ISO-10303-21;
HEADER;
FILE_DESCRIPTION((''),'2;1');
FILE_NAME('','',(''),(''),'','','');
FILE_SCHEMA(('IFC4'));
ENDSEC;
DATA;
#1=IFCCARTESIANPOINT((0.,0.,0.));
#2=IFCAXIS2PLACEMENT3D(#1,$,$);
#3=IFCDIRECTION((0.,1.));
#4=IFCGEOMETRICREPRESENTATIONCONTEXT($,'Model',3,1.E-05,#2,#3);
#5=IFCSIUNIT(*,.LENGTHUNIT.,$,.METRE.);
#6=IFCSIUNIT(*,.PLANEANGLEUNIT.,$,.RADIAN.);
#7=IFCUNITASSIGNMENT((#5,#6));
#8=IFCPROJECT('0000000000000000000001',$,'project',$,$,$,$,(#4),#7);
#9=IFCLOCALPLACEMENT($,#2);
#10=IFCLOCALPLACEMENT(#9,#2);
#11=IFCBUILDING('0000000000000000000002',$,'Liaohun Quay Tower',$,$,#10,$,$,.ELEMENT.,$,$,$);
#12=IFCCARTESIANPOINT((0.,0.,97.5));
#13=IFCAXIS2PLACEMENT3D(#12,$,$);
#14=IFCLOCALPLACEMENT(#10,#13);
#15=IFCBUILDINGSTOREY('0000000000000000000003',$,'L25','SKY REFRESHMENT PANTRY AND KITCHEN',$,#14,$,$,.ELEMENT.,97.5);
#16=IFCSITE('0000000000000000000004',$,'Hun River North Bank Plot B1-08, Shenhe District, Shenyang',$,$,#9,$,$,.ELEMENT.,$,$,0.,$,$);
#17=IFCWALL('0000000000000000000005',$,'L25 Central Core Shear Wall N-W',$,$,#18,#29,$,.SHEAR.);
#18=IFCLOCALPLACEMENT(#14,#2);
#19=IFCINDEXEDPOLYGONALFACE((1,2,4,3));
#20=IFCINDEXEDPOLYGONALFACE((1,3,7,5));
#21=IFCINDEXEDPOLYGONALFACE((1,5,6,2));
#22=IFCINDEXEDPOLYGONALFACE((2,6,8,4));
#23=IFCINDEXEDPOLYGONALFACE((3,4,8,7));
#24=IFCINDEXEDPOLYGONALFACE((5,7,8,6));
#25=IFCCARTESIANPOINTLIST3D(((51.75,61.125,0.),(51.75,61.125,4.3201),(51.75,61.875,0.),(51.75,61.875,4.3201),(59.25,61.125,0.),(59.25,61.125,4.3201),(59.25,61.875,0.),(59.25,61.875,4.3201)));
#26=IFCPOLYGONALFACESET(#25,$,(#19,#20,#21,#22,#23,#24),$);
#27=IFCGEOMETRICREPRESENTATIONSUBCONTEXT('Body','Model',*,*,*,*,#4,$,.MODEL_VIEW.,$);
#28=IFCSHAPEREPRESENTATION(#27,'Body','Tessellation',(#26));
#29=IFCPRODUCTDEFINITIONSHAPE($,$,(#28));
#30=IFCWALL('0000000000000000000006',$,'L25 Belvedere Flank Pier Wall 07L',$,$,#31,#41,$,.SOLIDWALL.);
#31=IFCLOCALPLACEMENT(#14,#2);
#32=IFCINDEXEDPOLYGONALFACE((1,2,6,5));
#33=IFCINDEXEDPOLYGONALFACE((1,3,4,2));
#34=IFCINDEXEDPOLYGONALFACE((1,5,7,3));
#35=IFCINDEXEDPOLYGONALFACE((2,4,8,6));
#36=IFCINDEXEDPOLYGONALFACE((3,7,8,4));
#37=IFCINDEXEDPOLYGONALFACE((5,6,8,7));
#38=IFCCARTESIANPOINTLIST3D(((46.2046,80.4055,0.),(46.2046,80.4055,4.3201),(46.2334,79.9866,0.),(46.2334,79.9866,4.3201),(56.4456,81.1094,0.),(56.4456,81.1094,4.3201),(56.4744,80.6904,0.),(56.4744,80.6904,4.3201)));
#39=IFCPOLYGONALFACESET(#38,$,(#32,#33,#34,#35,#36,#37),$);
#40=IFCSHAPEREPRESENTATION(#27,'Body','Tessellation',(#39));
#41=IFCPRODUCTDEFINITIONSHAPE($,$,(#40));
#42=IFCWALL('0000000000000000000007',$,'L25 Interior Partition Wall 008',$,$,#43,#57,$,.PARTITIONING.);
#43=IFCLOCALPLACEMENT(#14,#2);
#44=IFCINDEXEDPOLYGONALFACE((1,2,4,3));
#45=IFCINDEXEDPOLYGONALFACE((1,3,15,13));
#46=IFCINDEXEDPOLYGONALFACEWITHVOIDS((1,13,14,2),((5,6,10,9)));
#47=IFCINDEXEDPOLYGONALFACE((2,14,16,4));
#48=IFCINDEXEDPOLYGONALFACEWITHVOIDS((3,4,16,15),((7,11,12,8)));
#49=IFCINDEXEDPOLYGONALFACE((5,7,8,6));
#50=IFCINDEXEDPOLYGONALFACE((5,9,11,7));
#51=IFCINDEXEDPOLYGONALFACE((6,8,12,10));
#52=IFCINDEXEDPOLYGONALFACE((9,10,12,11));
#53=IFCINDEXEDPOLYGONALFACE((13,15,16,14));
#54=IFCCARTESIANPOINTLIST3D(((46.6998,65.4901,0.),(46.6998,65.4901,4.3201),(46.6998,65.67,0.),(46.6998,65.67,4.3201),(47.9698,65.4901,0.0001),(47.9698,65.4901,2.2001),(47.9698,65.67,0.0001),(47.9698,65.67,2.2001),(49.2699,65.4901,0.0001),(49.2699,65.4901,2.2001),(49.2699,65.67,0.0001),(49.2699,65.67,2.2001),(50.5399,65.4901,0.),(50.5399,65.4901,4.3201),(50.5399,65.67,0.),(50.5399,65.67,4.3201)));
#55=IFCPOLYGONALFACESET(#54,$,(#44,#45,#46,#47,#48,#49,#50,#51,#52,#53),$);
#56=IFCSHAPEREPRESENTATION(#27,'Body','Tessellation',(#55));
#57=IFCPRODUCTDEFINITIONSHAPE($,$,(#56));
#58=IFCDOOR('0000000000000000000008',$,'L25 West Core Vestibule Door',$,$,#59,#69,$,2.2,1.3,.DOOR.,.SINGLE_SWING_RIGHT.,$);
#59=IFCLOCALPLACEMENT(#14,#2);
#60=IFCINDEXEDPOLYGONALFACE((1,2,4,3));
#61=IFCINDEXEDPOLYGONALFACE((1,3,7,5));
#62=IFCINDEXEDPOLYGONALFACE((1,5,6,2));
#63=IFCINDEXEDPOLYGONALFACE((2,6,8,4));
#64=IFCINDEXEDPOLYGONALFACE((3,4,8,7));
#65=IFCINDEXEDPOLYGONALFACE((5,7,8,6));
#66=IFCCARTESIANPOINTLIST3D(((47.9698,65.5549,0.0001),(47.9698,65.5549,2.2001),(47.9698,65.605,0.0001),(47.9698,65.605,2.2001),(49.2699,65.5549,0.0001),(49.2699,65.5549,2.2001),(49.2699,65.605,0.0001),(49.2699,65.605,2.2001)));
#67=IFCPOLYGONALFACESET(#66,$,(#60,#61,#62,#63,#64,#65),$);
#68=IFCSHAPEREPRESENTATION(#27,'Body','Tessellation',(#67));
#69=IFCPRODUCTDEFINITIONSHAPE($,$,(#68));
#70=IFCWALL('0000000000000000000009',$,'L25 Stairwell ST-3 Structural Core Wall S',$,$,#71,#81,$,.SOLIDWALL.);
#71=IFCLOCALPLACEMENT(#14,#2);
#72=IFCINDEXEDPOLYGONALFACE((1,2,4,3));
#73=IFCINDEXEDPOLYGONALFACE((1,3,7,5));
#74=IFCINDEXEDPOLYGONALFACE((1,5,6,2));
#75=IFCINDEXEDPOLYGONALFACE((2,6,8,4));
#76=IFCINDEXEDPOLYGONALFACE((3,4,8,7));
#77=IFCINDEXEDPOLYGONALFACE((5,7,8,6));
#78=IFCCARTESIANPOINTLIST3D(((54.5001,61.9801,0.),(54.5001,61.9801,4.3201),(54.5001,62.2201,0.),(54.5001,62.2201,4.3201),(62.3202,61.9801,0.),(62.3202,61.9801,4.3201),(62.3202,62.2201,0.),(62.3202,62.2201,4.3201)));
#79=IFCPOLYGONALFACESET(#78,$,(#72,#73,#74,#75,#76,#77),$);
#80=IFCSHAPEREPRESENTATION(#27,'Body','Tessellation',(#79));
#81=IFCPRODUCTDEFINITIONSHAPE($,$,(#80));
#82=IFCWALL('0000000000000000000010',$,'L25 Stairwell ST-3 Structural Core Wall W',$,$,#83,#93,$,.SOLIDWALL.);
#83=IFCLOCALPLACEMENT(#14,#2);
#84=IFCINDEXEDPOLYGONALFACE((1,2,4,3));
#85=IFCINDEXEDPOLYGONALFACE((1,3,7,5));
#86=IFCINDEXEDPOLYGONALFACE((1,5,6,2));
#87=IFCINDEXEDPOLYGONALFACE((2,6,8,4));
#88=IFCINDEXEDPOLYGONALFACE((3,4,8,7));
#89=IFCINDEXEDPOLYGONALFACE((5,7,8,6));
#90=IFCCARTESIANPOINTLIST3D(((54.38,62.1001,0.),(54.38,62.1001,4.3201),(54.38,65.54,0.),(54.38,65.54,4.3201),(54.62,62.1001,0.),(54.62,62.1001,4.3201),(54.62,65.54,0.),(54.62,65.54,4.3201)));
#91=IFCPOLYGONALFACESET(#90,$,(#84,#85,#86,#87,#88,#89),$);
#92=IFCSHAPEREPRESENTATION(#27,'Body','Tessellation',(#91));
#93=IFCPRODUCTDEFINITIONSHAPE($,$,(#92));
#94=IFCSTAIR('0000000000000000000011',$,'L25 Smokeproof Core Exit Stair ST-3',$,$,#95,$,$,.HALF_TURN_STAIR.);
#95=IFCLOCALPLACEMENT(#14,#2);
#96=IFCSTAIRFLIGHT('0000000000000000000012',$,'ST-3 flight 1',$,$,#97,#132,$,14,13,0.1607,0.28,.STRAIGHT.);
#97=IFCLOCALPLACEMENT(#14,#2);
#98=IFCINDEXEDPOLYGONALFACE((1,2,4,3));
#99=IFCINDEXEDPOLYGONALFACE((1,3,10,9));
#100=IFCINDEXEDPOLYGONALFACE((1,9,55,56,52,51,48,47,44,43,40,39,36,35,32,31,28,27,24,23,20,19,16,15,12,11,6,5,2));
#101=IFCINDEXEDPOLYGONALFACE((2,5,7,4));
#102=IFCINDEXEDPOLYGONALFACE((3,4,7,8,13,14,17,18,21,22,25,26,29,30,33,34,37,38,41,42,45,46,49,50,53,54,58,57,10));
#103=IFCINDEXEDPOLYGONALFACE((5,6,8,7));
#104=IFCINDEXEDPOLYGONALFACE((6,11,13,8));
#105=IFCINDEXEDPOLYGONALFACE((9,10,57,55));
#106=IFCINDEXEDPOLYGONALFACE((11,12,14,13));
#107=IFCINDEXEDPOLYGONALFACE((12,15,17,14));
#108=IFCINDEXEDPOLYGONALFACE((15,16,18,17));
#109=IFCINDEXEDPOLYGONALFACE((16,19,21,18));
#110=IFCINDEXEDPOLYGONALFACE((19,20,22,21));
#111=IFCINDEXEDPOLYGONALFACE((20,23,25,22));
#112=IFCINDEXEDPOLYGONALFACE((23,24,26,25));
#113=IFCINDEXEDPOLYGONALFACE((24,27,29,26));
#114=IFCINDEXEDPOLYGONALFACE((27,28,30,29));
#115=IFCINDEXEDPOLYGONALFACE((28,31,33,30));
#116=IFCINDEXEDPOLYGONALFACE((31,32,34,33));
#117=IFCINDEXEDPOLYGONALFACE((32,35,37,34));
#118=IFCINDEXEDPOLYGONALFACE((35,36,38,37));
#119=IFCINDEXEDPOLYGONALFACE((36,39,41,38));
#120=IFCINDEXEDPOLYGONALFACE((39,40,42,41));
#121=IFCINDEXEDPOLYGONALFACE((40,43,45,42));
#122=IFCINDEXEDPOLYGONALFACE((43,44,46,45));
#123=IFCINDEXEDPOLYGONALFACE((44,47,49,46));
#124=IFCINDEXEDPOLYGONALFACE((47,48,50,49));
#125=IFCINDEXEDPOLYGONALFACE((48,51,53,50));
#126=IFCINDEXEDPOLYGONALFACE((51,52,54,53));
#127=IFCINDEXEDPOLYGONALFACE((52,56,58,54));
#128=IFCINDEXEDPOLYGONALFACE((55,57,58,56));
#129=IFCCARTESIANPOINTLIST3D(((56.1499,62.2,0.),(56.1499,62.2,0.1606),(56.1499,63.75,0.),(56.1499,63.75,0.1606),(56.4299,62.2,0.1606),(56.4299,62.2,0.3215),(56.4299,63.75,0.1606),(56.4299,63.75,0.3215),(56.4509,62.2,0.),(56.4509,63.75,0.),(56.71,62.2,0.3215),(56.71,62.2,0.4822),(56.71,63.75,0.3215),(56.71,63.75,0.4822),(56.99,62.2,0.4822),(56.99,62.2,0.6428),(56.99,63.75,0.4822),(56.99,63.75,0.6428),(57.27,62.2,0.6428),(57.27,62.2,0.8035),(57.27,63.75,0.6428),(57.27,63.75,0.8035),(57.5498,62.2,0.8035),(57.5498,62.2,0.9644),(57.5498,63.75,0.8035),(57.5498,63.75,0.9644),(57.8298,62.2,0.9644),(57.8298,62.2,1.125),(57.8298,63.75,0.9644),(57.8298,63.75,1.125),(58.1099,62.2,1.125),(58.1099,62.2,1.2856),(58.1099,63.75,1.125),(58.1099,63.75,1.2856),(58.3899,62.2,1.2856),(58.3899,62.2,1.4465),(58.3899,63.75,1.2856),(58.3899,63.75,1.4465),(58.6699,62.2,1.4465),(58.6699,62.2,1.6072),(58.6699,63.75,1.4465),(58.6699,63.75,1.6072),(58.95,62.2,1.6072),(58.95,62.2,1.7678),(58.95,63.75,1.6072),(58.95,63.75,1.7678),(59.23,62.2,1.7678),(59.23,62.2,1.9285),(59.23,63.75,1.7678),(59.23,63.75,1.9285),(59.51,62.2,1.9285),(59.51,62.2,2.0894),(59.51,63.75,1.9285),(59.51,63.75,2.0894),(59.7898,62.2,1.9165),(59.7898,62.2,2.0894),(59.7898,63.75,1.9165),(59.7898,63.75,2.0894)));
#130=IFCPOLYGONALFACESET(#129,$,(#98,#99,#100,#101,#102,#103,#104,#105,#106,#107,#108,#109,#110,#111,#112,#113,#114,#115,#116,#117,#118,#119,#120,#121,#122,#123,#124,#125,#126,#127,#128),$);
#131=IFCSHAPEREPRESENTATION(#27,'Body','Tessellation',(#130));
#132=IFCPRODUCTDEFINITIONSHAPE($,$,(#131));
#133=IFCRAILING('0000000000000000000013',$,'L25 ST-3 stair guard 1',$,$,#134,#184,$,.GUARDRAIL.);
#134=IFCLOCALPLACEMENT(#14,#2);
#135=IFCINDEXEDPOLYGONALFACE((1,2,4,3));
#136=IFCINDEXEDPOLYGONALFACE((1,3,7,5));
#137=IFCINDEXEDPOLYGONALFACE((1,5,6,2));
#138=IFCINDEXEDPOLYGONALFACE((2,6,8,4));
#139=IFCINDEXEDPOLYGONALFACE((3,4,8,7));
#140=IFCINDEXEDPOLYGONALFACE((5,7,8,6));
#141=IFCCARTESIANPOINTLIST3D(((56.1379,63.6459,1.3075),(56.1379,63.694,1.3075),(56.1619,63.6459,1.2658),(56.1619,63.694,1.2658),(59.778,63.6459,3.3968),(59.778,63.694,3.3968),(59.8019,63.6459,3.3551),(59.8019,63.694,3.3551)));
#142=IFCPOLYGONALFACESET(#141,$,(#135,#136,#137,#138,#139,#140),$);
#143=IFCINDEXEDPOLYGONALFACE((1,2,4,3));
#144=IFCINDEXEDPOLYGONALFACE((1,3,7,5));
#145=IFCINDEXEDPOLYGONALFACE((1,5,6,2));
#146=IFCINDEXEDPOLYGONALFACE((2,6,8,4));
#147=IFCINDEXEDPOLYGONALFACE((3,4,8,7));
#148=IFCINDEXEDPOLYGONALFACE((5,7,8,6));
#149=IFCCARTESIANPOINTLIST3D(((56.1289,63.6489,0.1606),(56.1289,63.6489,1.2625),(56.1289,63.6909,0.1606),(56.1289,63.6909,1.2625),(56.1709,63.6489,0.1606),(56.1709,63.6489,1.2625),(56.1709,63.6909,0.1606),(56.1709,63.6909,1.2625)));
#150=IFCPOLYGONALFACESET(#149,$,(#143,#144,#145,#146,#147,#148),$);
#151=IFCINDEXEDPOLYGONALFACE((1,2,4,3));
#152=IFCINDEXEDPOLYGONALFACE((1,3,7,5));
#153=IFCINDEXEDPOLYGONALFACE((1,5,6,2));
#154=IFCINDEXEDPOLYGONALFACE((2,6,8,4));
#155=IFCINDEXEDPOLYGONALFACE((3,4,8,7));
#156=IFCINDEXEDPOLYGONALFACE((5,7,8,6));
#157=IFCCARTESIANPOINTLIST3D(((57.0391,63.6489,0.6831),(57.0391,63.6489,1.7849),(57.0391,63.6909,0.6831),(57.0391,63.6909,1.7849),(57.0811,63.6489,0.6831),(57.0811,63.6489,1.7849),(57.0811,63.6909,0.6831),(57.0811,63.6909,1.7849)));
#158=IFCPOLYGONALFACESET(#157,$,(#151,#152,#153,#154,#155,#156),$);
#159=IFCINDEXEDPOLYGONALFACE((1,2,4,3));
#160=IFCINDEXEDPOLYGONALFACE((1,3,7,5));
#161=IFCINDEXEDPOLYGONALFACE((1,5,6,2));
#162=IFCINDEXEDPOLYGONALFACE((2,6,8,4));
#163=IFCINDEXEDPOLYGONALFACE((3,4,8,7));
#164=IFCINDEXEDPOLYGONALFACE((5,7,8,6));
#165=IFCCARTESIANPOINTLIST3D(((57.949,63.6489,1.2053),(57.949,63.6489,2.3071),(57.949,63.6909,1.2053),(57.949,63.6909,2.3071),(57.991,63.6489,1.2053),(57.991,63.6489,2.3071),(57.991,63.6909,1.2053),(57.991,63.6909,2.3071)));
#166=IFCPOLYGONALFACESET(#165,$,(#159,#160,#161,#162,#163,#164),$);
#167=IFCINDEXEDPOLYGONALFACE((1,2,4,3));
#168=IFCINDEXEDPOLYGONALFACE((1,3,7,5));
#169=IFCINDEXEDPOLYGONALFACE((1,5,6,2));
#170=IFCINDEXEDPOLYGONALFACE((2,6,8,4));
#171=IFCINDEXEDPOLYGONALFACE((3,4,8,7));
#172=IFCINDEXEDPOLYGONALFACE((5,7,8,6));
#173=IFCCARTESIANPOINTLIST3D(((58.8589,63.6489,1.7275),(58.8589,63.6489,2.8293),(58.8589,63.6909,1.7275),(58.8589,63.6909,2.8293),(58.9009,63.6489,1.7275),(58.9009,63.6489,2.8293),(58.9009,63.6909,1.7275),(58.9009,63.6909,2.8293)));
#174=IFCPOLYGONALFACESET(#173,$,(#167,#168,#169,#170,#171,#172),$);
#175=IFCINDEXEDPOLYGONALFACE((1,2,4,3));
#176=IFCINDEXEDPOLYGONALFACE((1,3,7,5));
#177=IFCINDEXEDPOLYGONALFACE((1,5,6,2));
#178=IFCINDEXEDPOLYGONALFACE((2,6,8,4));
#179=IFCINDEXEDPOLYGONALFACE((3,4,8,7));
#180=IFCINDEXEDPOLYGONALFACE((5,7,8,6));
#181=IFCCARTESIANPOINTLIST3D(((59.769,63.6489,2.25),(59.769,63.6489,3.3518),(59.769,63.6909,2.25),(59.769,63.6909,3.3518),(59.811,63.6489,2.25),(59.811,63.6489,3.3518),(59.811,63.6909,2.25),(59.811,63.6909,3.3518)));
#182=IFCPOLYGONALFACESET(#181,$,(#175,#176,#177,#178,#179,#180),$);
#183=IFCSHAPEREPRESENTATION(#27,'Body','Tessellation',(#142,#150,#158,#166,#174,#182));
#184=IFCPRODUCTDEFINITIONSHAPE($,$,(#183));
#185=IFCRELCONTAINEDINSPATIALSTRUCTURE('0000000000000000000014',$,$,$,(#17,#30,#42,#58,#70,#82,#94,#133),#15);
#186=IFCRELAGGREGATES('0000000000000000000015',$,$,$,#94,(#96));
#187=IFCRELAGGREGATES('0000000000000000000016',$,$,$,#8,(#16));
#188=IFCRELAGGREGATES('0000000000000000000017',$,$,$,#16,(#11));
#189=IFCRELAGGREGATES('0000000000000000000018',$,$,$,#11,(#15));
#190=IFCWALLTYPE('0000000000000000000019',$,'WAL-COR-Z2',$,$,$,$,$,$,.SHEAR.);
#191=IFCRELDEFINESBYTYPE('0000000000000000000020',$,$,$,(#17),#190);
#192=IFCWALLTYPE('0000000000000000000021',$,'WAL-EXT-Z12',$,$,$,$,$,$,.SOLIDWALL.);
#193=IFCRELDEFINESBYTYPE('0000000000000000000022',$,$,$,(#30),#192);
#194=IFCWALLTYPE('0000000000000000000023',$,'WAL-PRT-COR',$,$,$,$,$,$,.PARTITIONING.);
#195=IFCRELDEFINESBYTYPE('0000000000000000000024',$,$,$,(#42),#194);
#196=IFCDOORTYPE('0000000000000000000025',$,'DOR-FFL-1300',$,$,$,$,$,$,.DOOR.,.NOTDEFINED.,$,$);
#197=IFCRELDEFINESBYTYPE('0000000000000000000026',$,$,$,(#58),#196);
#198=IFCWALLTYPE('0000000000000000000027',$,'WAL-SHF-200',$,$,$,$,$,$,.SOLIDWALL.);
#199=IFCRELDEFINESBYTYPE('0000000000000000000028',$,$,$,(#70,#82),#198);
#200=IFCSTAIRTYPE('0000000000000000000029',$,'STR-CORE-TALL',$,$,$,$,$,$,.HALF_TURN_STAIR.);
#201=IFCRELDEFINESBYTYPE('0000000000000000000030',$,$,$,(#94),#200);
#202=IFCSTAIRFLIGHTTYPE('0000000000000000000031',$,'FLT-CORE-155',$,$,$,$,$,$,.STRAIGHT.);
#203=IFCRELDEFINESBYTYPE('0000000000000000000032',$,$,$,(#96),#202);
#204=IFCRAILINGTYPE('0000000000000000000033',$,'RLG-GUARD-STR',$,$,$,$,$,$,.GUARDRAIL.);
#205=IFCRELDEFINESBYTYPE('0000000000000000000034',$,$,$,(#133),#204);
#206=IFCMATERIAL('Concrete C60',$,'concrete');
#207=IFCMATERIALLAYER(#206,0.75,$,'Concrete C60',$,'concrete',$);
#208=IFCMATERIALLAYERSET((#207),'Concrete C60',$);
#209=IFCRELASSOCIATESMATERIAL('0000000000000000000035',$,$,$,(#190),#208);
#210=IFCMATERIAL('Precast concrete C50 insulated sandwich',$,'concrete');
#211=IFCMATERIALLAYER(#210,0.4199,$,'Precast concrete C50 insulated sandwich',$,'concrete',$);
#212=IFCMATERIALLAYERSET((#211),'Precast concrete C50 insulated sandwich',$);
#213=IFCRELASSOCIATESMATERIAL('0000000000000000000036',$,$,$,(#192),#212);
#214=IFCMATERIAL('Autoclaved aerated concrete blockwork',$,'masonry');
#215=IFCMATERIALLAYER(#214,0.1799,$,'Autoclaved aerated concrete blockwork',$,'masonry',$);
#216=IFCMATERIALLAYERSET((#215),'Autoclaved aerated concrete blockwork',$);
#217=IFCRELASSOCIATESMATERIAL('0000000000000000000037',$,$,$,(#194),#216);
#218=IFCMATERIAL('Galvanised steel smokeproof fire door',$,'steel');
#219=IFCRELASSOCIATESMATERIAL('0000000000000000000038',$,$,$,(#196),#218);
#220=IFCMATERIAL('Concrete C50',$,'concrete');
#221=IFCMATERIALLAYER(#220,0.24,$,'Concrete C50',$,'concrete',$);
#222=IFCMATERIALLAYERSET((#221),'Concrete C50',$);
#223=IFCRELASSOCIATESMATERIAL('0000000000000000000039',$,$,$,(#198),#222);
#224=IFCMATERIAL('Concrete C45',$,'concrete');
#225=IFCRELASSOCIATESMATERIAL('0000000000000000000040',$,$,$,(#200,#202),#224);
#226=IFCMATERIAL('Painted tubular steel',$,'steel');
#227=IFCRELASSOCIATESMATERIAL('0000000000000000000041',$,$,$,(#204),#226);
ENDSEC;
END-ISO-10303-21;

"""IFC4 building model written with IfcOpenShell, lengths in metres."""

from ifc_helpers import new_model, si_unit, direction, frame, frame_2d, origin, origin_2d, place, context, subcontext, project, spatial, polyline, rectangle, outline, extrude, source, transform, mapped, material, layer, layer_set, type_object, element, fill, aggregate, save


model = new_model("IFC4")

# Units and contexts
model_context = context("Model", 3, precision=1e-05, world=origin(), true_north=direction((0.0, 1.0)))
body_context = subcontext(model_context, "Body", "Model", "MODEL_VIEW")
ifc_project = project(units=[si_unit("LENGTHUNIT", "METRE"), si_unit("PLANEANGLEUNIT", "RADIAN")], contexts=[model_context])

# Site, building, storey
site_placement = place(None, origin())
site = spatial("IfcSite", under=ifc_project, at=site_placement, Name="Hun River North Bank Plot B1-08, Shenhe District, Shenyang", CompositionType="ELEMENT", RefElevation=0.0)
building_placement = place(site_placement, origin())
building = spatial("IfcBuilding", under=site, at=building_placement, Name="Liaohun Quay Tower", CompositionType="ELEMENT")
storey_placement = place(building_placement, frame((0.0, 0.0, 97.5)))
storey = spatial("IfcBuildingStorey", under=building, at=storey_placement, Name="L25", Description="SKY REFRESHMENT PANTRY AND KITCHEN", CompositionType="ELEMENT", Elevation=97.5)

# Shared definitions
ifc_material_1 = material(Name="Concrete C60", Category="concrete")

# Walls
ifc_layer_1 = layer(ifc_material_1, 0.75, Name="Concrete C60", Category="concrete")
ifc_layer_set_1 = layer_set([ifc_layer_1], Name="Concrete C60")
wall_type_1 = type_object("IfcWallType", Name="WAL-COR-Z2", PredefinedType="SHEAR", material=ifc_layer_set_1)
wall_1_placement = place(storey_placement, frame((51.75, 61.5, 0.0), z_axis=(0.0, 0.0, 1.0), x_axis=(1.0, 0.0, 0.0)))
element("IfcWall", 1, at=wall_1_placement, inside=storey, type_object=wall_type_1, Name="L25 Central Core Shear Wall N-W", PredefinedType="SHEAR", context=body_context, shape_type="SweptSolid", body=[
    extrude(rectangle(XDim=7.5, YDim=0.75, at=frame_2d((3.75, 0.0))), origin(), (0.0, 0.0, 1.0), 4.3201),
])
ifc_material_2 = material(Name="Precast concrete C50 insulated sandwich", Category="concrete")
ifc_layer_2 = layer(ifc_material_2, 0.4199, Name="Precast concrete C50 insulated sandwich", Category="concrete")
ifc_layer_set_2 = layer_set([ifc_layer_2], Name="Precast concrete C50 insulated sandwich")
wall_type_2 = type_object("IfcWallType", Name="WAL-EXT-Z12", PredefinedType="SOLIDWALL", material=ifc_layer_set_2)
wall_2_placement = place(storey_placement, frame((56.46, 80.8999, 0.0), z_axis=(0.0, 0.0, 1.0), x_axis=(-0.997646, -0.068568, 0.0)))
element("IfcWall", 2, at=wall_2_placement, inside=storey, type_object=wall_type_2, Name="L25 Belvedere Flank Pier Wall 07L", PredefinedType="SOLIDWALL", context=body_context, shape_type="SweptSolid", body=[
    extrude(rectangle(XDim=10.2651, YDim=0.4199, at=frame_2d((5.1326, 0.0))), origin(), (0.0, 0.0, 1.0), 4.3201),
])

# Wall, opening, door
ifc_material_3 = material(Name="Autoclaved aerated concrete blockwork", Category="masonry")
ifc_layer_3 = layer(ifc_material_3, 0.1799, Name="Autoclaved aerated concrete blockwork", Category="masonry")
ifc_layer_set_3 = layer_set([ifc_layer_3], Name="Autoclaved aerated concrete blockwork")
wall_type_3 = type_object("IfcWallType", Name="WAL-PRT-COR", PredefinedType="PARTITIONING", material=ifc_layer_set_3)
wall_3_placement = place(storey_placement, frame((46.7, 65.5801, 0.0), z_axis=(0.0, 0.0, 1.0), x_axis=(1.0, 0.0, 0.0)))
wall_3 = element("IfcWall", 3, at=wall_3_placement, inside=storey, type_object=wall_type_3, Name="L25 Interior Partition Wall 008", PredefinedType="PARTITIONING", context=body_context, shape_type="SweptSolid", body=[
    extrude(rectangle(XDim=3.8401, YDim=0.1799, at=frame_2d((1.9199, 0.0))), origin(), (0.0, 0.0, 1.0), 4.3201),
])
shared_shape_1 = source(origin(), body_context, "Body", "SweptSolid", [
    extrude(rectangle(XDim=1.3, YDim=2.2, at=frame_2d((0.6499, 1.1001))), frame((0.0, 0.0999, 0.0), z_axis=(0.0, -1.0, 0.0), x_axis=(1.0, 0.0, 0.0)), (0.0, 0.0, 1.0), 0.2),
])
opening_placement = place(wall_3_placement, frame((1.27, 0.0, 0.0)))
opening = element("IfcOpeningElement", 4, at=opening_placement, cuts=wall_3, PredefinedType="OPENING", context=body_context, shape_type="MappedRepresentation", body=[
    mapped(shared_shape_1, transform((0.0, 0.0, 0.0), x_axis=(1.0, 0.0, 0.0), y_axis=(0.0, 1.0, 0.0), z_axis=(0.0, 0.0, 1.0), scale=1.0)),
])
ifc_material_4 = material(Name="Galvanised steel smokeproof fire door", Category="steel")
door_type = type_object("IfcDoorType", Name="DOR-FFL-1300", OperationType="NOTDEFINED", PredefinedType="DOOR", material=ifc_material_4)
shared_shape_2 = source(origin(), body_context, "Body", "SweptSolid", [
    extrude(rectangle(XDim=1.3, YDim=2.2, at=frame_2d((0.6499, 1.1001))), frame((0.0, 0.0249, 0.0), z_axis=(0.0, -1.0, 0.0), x_axis=(1.0, 0.0, 0.0)), (0.0, 0.0, 1.0), 0.05),
])
door_placement = place(opening_placement, origin())
door = element("IfcDoor", 5, at=door_placement, inside=storey, type_object=door_type, Name="L25 West Core Vestibule Door", OperationType="SINGLE_SWING_RIGHT", OverallHeight=2.2, OverallWidth=1.3, PredefinedType="DOOR", context=body_context, shape_type="MappedRepresentation", body=[
    mapped(shared_shape_2, transform((0.0, 0.0, 0.0), x_axis=(1.0, 0.0, 0.0), y_axis=(0.0, 1.0, 0.0), z_axis=(0.0, 0.0, 1.0), scale=1.0)),
])
fill(opening, door)

# Walls
ifc_material_5 = material(Name="Concrete C50", Category="concrete")
ifc_layer_4 = layer(ifc_material_5, 0.24, Name="Concrete C50", Category="concrete")
ifc_layer_set_4 = layer_set([ifc_layer_4], Name="Concrete C50")
wall_type_4 = type_object("IfcWallType", Name="WAL-SHF-200", PredefinedType="SOLIDWALL", material=ifc_layer_set_4)
wall_4_placement = place(storey_placement, frame((54.5, 62.1001, 0.0), z_axis=(0.0, 0.0, 1.0), x_axis=(1.0, 0.0, 0.0)))
element("IfcWall", 6, at=wall_4_placement, inside=storey, type_object=wall_type_4, Name="L25 Stairwell ST-3 Structural Core Wall S", PredefinedType="SOLIDWALL", context=body_context, shape_type="SweptSolid", body=[
    extrude(rectangle(XDim=7.8201, YDim=0.24, at=frame_2d((3.9102, 0.0))), origin(), (0.0, 0.0, 1.0), 4.3201),
])
wall_5_placement = place(storey_placement, frame((54.5, 65.54, 0.0), z_axis=(0.0, 0.0, 1.0), x_axis=(0.0, -1.0, 0.0)))
element("IfcWall", 7, at=wall_5_placement, inside=storey, type_object=wall_type_4, Name="L25 Stairwell ST-3 Structural Core Wall W", PredefinedType="SOLIDWALL", context=body_context, shape_type="SweptSolid", body=[
    extrude(rectangle(XDim=3.4399, YDim=0.24, at=frame_2d((1.72, 0.0))), origin(), (0.0, 0.0, 1.0), 4.3201),
])

# Stair, stair flight
ifc_material_6 = material(Name="Concrete C45", Category="concrete")
stair_type = type_object("IfcStairType", Name="STR-CORE-TALL", PredefinedType="HALF_TURN_STAIR", material=ifc_material_6)
stair_placement = place(storey_placement, origin())
stair = element("IfcStair", 8, at=stair_placement, inside=storey, type_object=stair_type, Name="L25 Smokeproof Core Exit Stair ST-3", PredefinedType="HALF_TURN_STAIR")
stair_flight_type = type_object("IfcStairFlightType", Name="FLT-CORE-155", PredefinedType="STRAIGHT", material=ifc_material_6)
stair_flight_placement = place(storey_placement, frame((56.1499, 62.9751, 0.0), z_axis=(0.0, 0.0, 1.0), x_axis=(1.0, 0.0, 0.0)))
stair_flight = element("IfcStairFlight", 9, at=stair_flight_placement, type_object=stair_flight_type, Name="ST-3 flight 1", NumberOfRisers=14, NumberOfTreads=13, PredefinedType="STRAIGHT", RiserHeight=0.1607, TreadLength=0.28, context=body_context, shape_type="SweptSolid", body=[
    extrude(outline(polyline([(0.0, 0.0), (0.0, 0.1606), (0.28, 0.1606), (0.28, 0.3215), (0.5601, 0.3215), (0.5601, 0.4822), (0.8401, 0.4822), (0.8401, 0.6428), (1.1201, 0.6428), (1.1201, 0.8035), (1.3999, 0.8035), (1.3999, 0.9644), (1.6799, 0.9644), (1.6799, 1.125), (1.96, 1.125), (1.96, 1.2856), (2.24, 1.2856), (2.24, 1.4465), (2.52, 1.4465), (2.52, 1.6072), (2.8, 1.6072), (2.8, 1.7678), (3.0801, 1.7678), (3.0801, 1.9285), (3.3601, 1.9285), (3.3601, 2.0894), (3.6399, 2.0894), (3.6399, 2.25), (3.6399, 1.9165), (0.301, 0.0), (0.0, 0.0)])), frame((0.0, 0.7749, 0.0), z_axis=(0.0, -1.0, 0.0), x_axis=(1.0, 0.0, 0.0)), (0.0, 0.0, 1.0), 1.55),
])
aggregate(stair, [stair_flight])

# Railing
ifc_material_7 = material(Name="Painted tubular steel", Category="steel")
railing_type_1 = type_object("IfcRailingType", Name="RLG-GUARD-STR", PredefinedType="GUARDRAIL", material=ifc_material_7)
railing_1_placement = place(storey_placement, frame((56.1499, 63.6699, 0.1606)))
element("IfcRailing", 10, at=railing_1_placement, inside=storey, type_object=railing_type_1, Name="L25 ST-3 stair guard 1", PredefinedType="GUARDRAIL", context=body_context, shape_type="SweptSolid", body=[
    extrude(rectangle(XDim=0.0481, YDim=0.0481, at=origin_2d()), frame((0.0, 0.0, 1.126), z_axis=(0.867289, 0.0, 0.497804), x_axis=(0.0, 1.0, 0.0)), (0.0, 0.0, 1.0), 4.197),
    extrude(rectangle(XDim=0.042, YDim=0.042, at=origin_2d()), origin(), (0.0, 0.0, 1.0), 1.1018),
    extrude(rectangle(XDim=0.042, YDim=0.042, at=origin_2d()), frame((0.9102, 0.0, 0.5225)), (0.0, 0.0, 1.0), 1.1018),
    extrude(rectangle(XDim=0.042, YDim=0.042, at=origin_2d()), frame((1.8201, 0.0, 1.0447)), (0.0, 0.0, 1.0), 1.1018),
    extrude(rectangle(XDim=0.042, YDim=0.042, at=origin_2d()), frame((2.73, 0.0, 1.5669)), (0.0, 0.0, 1.0), 1.1018),
    extrude(rectangle(XDim=0.042, YDim=0.042, at=origin_2d()), frame((3.6401, 0.0, 2.0894)), (0.0, 0.0, 1.0), 1.1018),
])

save(model, "model.ifc")
